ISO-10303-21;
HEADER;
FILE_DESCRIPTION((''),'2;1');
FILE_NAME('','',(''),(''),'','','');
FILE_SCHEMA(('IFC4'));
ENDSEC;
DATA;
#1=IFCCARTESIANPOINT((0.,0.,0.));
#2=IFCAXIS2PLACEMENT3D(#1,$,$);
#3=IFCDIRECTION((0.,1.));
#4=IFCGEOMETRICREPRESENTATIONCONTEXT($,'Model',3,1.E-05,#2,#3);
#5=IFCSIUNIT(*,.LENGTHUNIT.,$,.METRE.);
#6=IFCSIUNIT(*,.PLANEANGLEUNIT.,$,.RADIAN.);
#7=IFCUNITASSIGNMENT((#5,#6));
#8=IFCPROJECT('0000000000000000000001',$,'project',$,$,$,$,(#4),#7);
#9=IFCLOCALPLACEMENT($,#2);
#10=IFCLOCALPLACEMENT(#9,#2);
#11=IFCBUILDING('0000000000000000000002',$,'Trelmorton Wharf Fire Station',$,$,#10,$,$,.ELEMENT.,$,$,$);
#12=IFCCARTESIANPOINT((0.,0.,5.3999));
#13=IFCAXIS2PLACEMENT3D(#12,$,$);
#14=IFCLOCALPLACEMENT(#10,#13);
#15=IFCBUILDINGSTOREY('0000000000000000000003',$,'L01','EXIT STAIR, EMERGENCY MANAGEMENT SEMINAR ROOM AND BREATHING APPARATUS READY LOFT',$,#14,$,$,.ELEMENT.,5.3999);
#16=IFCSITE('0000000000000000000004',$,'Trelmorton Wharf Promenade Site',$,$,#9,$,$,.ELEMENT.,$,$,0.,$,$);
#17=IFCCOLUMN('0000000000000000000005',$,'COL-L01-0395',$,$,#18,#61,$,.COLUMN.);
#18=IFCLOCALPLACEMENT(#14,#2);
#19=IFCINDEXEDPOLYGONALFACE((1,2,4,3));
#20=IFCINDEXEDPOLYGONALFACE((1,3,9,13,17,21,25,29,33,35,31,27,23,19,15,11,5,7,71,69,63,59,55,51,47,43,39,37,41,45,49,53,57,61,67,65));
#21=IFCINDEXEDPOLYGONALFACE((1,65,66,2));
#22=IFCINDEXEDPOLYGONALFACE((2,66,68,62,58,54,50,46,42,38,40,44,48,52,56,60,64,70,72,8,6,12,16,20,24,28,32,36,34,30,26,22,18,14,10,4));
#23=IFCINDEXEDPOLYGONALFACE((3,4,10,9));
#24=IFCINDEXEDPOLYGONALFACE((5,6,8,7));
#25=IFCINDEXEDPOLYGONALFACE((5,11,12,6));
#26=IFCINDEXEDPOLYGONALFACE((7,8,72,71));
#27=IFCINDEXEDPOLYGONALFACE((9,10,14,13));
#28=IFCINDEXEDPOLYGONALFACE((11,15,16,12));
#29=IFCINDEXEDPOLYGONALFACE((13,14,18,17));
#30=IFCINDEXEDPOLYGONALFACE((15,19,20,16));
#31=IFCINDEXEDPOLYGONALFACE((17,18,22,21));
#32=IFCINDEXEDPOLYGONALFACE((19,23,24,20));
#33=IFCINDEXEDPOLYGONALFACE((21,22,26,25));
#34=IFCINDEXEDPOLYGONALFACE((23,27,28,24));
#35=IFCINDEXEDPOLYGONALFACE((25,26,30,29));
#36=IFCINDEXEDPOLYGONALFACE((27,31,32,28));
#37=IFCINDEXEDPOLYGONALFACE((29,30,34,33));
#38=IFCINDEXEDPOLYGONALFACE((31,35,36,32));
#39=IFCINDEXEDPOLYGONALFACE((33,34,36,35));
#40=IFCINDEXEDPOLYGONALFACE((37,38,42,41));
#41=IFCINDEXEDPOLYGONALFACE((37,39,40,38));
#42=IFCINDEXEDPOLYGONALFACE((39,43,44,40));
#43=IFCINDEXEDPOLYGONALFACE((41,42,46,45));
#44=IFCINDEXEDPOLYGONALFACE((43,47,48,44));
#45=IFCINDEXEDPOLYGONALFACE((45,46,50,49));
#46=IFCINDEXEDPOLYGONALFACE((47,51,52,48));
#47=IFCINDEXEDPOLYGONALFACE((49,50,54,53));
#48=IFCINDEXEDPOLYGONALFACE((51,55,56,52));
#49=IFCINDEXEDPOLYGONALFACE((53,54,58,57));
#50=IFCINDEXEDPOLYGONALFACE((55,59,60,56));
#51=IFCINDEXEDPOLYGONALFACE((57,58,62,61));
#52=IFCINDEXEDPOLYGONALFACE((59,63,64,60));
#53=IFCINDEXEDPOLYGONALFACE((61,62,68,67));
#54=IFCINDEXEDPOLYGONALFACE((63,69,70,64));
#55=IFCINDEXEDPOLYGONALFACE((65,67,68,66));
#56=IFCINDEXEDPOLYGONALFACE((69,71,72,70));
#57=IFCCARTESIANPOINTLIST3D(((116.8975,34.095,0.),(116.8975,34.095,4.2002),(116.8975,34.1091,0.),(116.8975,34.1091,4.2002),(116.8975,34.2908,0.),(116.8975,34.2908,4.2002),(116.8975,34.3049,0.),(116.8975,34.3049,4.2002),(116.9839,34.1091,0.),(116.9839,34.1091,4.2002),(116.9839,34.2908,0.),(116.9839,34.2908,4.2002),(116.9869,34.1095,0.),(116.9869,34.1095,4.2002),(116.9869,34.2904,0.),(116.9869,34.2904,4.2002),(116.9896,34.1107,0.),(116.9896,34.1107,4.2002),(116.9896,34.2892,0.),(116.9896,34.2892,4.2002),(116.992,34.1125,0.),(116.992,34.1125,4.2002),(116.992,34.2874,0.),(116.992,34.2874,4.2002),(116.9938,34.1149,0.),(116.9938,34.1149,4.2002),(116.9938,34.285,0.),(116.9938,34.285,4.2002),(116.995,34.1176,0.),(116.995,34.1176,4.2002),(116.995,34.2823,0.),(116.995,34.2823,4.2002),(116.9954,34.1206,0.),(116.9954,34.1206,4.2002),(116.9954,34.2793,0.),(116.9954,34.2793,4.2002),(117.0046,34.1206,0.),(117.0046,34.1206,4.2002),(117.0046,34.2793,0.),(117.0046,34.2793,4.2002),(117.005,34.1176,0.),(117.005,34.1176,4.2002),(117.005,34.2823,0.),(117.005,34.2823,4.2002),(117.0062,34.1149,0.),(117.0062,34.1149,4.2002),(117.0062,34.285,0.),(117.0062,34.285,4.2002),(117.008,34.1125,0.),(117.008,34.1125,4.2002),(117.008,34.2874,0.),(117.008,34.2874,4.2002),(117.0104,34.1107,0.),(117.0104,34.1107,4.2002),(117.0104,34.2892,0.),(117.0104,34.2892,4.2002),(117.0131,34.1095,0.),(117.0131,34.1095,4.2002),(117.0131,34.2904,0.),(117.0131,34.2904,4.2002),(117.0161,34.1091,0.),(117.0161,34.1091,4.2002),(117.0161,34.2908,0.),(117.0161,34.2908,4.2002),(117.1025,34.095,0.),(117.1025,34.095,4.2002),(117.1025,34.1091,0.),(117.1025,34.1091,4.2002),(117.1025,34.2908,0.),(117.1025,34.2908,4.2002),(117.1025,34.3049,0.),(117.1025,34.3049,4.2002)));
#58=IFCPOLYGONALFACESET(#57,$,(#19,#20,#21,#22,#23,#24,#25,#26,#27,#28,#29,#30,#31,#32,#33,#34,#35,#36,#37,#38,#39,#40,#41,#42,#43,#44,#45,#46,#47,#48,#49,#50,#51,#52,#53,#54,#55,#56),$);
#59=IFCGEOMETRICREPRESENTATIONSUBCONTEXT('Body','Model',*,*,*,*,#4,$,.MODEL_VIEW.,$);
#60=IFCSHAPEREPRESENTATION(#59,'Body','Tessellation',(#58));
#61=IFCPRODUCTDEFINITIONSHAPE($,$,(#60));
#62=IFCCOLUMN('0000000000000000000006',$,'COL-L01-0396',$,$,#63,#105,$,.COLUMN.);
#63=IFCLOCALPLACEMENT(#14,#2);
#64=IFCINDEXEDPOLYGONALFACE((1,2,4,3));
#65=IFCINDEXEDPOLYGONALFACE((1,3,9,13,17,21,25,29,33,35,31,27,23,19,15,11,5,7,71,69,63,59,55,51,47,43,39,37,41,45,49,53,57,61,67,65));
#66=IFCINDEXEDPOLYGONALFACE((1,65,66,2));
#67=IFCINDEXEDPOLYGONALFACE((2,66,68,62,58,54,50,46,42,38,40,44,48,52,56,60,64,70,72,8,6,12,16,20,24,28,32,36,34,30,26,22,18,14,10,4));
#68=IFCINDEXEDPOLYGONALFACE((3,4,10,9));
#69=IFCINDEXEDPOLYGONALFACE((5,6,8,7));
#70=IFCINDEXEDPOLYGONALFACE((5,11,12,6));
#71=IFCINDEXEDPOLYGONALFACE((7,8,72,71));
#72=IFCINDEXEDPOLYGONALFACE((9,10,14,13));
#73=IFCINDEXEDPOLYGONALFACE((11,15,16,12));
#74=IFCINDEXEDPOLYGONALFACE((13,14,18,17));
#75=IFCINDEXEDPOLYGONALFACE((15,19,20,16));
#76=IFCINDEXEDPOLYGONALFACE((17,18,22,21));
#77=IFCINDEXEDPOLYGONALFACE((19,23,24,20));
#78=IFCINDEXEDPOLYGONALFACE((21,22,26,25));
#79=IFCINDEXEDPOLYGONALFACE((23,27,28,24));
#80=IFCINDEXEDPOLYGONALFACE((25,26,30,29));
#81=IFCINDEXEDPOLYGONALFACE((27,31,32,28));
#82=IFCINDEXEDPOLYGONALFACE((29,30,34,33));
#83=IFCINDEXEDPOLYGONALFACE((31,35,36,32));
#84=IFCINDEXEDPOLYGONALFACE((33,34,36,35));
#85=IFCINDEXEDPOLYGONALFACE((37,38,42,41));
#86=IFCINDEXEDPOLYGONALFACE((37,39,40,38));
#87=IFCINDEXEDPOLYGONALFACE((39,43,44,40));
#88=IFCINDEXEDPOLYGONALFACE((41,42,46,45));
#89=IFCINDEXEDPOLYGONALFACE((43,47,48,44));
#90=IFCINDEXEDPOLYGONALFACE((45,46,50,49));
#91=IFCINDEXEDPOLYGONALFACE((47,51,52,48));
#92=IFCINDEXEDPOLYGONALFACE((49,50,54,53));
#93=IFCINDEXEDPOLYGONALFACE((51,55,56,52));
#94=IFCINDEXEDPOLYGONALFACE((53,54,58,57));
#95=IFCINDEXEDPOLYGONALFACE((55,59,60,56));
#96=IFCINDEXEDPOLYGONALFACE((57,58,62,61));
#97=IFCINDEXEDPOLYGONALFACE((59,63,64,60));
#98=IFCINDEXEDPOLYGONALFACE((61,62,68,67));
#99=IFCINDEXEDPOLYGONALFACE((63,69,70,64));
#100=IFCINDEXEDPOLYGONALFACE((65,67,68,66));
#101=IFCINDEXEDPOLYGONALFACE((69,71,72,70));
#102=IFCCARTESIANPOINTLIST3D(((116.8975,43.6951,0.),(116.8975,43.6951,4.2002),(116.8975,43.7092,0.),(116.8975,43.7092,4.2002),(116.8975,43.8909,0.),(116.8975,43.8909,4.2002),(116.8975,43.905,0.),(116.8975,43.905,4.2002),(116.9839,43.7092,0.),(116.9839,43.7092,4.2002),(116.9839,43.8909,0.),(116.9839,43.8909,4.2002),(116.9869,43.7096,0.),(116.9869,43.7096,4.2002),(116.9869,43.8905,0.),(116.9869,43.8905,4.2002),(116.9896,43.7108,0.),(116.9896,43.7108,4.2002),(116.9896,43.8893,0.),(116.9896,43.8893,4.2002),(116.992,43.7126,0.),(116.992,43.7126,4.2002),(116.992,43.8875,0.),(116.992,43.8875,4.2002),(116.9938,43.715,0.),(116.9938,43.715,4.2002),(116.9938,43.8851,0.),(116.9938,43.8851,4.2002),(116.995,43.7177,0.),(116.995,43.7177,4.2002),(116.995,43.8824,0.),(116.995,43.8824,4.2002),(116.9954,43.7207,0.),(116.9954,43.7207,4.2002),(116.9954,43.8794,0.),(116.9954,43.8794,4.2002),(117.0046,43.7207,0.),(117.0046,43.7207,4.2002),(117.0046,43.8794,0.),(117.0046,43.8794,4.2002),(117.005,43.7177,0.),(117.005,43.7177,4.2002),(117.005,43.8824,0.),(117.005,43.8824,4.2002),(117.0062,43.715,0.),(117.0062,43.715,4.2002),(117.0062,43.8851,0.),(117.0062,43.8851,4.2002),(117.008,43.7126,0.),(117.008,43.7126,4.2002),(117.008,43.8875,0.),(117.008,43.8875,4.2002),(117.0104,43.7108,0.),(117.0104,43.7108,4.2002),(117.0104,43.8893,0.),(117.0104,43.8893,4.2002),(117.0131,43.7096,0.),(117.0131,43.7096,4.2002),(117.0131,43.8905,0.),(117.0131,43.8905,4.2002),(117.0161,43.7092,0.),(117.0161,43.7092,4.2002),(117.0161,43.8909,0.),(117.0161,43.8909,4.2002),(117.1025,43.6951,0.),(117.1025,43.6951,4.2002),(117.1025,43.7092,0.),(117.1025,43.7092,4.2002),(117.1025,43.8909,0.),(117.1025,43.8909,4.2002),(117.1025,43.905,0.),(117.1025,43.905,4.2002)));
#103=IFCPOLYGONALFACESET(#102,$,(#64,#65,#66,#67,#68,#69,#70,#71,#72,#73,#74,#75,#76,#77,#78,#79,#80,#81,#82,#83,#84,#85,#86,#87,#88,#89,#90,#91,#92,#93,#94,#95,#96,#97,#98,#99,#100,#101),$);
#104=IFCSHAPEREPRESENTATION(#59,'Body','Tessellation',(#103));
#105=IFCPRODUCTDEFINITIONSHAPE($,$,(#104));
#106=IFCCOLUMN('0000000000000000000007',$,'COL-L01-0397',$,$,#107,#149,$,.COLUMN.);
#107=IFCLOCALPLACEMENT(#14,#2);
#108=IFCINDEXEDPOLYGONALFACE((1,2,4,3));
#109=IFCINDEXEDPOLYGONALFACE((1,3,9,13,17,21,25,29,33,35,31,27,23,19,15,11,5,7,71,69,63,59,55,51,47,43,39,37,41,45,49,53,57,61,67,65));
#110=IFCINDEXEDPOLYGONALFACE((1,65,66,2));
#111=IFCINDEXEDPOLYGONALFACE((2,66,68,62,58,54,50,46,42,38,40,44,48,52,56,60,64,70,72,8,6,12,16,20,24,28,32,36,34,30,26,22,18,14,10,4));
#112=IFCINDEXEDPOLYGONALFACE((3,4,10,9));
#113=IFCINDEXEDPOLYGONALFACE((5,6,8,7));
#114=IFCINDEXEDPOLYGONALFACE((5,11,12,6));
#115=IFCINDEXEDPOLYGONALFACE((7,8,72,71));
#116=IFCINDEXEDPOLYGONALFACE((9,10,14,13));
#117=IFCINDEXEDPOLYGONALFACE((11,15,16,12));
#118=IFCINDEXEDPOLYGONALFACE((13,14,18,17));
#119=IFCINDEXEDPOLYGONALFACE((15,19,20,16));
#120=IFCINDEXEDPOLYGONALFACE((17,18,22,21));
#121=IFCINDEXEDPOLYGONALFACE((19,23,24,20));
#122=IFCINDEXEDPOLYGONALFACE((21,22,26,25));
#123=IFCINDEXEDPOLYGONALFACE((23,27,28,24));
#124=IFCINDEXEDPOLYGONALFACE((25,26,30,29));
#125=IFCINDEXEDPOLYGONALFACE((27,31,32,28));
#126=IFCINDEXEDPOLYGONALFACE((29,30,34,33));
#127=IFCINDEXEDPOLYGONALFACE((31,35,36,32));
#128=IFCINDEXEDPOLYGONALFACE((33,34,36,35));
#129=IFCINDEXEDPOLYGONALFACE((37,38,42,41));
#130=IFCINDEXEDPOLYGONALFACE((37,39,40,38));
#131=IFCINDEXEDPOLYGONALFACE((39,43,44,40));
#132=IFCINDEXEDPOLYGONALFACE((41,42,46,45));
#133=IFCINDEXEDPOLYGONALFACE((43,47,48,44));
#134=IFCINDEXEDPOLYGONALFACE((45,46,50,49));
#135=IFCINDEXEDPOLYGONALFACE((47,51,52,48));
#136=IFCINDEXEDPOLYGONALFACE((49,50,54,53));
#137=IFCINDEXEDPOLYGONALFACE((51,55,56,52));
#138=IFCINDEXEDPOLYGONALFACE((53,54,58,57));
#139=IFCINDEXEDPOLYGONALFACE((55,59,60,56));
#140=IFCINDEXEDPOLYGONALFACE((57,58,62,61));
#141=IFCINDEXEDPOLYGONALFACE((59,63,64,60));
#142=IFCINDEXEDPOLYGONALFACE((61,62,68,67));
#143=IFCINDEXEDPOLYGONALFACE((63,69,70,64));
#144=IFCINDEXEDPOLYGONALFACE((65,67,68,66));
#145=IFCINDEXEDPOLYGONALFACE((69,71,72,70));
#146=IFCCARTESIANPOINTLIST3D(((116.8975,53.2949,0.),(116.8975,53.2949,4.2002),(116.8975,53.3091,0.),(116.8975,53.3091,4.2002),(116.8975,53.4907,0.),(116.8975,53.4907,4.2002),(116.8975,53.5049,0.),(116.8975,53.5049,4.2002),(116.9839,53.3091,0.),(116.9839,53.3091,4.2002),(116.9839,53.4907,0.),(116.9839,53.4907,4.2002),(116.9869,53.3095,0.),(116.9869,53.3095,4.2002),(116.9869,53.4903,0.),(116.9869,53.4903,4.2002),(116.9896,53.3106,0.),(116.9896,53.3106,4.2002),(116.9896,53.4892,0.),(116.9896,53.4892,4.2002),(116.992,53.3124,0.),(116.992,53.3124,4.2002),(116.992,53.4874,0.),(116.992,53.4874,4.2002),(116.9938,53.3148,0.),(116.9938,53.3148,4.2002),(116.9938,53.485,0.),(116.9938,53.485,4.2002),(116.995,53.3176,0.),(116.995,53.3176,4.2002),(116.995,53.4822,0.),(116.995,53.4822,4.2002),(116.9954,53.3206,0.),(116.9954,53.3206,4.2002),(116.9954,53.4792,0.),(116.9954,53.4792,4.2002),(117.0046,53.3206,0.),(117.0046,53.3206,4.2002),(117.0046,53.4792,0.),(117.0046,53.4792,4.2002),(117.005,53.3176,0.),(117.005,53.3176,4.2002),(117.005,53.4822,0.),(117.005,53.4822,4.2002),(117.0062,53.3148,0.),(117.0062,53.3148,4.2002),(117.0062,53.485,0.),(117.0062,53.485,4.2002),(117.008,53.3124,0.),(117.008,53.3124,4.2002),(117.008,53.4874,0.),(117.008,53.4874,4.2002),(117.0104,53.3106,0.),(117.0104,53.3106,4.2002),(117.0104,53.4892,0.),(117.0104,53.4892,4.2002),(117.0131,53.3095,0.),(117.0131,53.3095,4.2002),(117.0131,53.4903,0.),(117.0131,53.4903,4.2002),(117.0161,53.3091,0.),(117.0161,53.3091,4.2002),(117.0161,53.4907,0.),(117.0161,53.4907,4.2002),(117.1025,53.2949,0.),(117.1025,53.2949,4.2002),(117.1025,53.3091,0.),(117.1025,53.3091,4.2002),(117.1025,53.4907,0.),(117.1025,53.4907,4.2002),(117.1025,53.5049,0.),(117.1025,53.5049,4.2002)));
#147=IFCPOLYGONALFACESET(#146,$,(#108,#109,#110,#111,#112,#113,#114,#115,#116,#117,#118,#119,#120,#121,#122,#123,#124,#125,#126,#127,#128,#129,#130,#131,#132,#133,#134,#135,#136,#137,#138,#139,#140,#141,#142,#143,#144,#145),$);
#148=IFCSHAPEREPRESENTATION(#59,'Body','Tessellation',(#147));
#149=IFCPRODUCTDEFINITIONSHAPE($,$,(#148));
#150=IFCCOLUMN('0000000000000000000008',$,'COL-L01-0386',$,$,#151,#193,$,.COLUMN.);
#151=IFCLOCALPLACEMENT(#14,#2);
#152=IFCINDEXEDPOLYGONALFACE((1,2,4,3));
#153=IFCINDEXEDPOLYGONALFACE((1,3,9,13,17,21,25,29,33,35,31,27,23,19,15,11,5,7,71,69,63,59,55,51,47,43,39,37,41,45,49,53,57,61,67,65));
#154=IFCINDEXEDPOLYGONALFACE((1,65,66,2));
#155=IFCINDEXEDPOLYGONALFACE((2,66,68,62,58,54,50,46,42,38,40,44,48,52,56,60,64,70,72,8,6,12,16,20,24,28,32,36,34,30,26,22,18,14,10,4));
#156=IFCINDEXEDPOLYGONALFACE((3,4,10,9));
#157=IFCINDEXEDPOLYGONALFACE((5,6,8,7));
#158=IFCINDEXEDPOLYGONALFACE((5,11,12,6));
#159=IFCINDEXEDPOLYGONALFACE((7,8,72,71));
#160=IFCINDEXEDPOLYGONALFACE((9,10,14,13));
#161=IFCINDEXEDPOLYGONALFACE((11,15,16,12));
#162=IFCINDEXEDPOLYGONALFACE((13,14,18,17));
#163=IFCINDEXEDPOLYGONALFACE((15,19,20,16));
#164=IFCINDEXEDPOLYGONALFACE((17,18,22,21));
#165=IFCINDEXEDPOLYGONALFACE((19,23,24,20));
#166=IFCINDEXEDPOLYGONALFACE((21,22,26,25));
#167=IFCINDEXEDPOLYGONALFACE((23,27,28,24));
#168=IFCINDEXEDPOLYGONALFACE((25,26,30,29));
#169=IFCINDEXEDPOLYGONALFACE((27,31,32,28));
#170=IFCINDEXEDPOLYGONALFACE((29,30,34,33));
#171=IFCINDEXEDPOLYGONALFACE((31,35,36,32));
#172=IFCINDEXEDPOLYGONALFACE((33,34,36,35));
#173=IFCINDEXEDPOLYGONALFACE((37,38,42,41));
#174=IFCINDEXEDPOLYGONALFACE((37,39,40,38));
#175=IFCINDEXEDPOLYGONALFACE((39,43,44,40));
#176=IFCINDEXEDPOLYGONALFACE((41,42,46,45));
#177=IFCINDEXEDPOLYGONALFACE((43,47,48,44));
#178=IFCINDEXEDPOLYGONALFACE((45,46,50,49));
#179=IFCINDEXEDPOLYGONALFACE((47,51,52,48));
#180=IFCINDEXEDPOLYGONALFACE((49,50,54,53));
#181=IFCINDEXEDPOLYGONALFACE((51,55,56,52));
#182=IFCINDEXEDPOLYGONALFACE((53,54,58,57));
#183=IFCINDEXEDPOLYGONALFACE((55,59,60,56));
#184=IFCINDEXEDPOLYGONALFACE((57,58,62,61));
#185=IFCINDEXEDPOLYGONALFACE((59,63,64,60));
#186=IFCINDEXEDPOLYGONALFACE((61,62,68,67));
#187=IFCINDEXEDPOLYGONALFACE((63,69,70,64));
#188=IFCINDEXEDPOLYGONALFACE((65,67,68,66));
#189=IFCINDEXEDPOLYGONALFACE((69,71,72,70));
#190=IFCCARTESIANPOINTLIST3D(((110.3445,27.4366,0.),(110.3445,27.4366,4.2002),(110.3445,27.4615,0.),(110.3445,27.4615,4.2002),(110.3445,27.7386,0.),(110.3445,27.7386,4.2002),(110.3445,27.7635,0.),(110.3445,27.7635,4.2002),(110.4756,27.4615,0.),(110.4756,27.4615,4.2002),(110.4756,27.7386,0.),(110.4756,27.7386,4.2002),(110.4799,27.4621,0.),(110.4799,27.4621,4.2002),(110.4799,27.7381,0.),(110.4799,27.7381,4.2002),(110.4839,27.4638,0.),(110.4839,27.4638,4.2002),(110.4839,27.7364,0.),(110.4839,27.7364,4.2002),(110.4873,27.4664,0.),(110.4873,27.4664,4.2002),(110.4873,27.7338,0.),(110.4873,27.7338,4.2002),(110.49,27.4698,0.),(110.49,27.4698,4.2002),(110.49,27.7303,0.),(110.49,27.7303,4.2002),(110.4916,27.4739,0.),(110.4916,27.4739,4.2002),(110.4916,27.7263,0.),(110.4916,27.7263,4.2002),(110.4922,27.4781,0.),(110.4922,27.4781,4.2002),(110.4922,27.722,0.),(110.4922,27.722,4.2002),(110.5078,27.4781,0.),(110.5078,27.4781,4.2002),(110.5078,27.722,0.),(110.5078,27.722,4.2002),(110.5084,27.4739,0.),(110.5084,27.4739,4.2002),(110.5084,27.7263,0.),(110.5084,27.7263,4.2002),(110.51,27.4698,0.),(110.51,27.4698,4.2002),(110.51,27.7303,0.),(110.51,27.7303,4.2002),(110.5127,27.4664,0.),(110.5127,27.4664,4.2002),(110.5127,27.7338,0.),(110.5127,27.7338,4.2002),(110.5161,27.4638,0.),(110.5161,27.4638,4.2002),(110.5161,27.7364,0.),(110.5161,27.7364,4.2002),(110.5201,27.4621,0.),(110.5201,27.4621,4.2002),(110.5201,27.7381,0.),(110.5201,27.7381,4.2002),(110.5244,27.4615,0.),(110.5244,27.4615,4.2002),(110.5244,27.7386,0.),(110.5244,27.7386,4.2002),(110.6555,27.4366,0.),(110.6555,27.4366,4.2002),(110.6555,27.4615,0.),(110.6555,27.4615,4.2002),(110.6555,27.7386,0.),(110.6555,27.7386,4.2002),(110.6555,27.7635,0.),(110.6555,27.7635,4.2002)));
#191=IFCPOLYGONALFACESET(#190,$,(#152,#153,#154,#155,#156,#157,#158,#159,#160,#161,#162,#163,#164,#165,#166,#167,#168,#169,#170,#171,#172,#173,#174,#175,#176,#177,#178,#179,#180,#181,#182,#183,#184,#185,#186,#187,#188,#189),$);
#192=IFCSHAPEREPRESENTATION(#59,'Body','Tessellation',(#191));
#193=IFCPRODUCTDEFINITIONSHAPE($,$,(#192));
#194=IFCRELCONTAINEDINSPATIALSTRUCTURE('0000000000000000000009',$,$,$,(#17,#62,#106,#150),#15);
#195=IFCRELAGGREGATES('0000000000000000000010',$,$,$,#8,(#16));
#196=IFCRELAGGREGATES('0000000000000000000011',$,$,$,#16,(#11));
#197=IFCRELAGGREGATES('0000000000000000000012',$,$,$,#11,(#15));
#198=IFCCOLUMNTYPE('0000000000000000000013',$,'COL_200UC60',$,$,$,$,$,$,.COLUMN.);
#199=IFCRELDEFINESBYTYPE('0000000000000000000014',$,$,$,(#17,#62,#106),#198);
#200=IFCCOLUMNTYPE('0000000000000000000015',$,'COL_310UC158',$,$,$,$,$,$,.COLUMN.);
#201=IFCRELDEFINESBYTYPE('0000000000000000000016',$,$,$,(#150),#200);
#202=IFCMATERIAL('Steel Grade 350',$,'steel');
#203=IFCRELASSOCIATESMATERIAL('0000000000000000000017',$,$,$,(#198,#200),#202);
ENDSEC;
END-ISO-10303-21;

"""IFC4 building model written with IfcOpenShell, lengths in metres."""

from ifc_helpers import new_model, si_unit, direction, frame, origin, origin_2d, place, context, subcontext, project, spatial, i_section, extrude, material, material_profile, profile_set, type_object, element, save


model = new_model("IFC4")

# Units and contexts
model_context = context("Model", 3, precision=1e-05, world=origin(), true_north=direction((0.0, 1.0)))
body_context = subcontext(model_context, "Body", "Model", "MODEL_VIEW")
ifc_project = project(units=[si_unit("LENGTHUNIT", "METRE"), si_unit("PLANEANGLEUNIT", "RADIAN")], contexts=[model_context])

# Site, building, storey
site_placement = place(None, origin())
site = spatial("IfcSite", under=ifc_project, at=site_placement, Name="Trelmorton Wharf Promenade Site", CompositionType="ELEMENT", RefElevation=0.0)
building_placement = place(site_placement, origin())
building = spatial("IfcBuilding", under=site, at=building_placement, Name="Trelmorton Wharf Fire Station", CompositionType="ELEMENT")
storey_placement = place(building_placement, frame((0.0, 0.0, 5.3999)))
storey = spatial("IfcBuildingStorey", under=building, at=storey_placement, Name="L01", Description="EXIT STAIR, EMERGENCY MANAGEMENT SEMINAR ROOM AND BREATHING APPARATUS READY LOFT", CompositionType="ELEMENT", Elevation=5.3999)

# Columns
ifc_material_1 = material(Name="Steel Grade 350", Category="steel")
ifc_material_profile_1 = material_profile(ifc_material_1, i_section(OverallWidth=0.2051, OverallDepth=0.21, WebThickness=0.0093, FlangeThickness=0.0142, FilletRadius=0.0115, at=origin_2d()), Name="200UC59.5")
ifc_profile_set_1 = profile_set([ifc_material_profile_1], Name="Steel Grade 350")
column_type_1 = type_object("IfcColumnType", Name="COL_200UC60", PredefinedType="COLUMN", material=ifc_profile_set_1)
for number, where, z_axis, x_axis, name in (
    (1, (117.0, 34.2, 0.0), (0.0, 0.0, 1.0), (1.0, 0.0, 0.0), "COL-L01-0395"),
    (2, (117.0, 43.8, 0.0), (0.0, 0.0, 1.0), (1.0, 0.0, 0.0), "COL-L01-0396"),
    (3, (117.0, 53.3999, 0.0), (0.0, 0.0, 1.0), (1.0, 0.0, 0.0), "COL-L01-0397"),
):
    element("IfcColumn", number, at=place(storey_placement, frame(where, z_axis=z_axis, x_axis=x_axis)), inside=storey, type_object=column_type_1, Name=name, PredefinedType="COLUMN", context=body_context, shape_type="SweptSolid", body=[
        extrude(i_section(OverallWidth=0.2051, OverallDepth=0.21, WebThickness=0.0093, FlangeThickness=0.0142, FilletRadius=0.0115, at=origin_2d()), origin(), (0.0, 0.0, 1.0), 4.2002),
    ])
ifc_material_profile_2 = material_profile(ifc_material_1, i_section(OverallWidth=0.311, OverallDepth=0.3269, WebThickness=0.0156, FlangeThickness=0.0249, FilletRadius=0.0166, at=origin_2d()), Name="310UC158")
ifc_profile_set_2 = profile_set([ifc_material_profile_2], Name="Steel Grade 350")
column_type_2 = type_object("IfcColumnType", Name="COL_310UC158", PredefinedType="COLUMN", material=ifc_profile_set_2)
for number, where, z_axis, x_axis, name in (
    (4, (110.5, 27.6001, 0.0), (0.0, 0.0, 1.0), (1.0, 0.0, 0.0), "COL-L01-0386"),
):
    element("IfcColumn", number, at=place(storey_placement, frame(where, z_axis=z_axis, x_axis=x_axis)), inside=storey, type_object=column_type_2, Name=name, PredefinedType="COLUMN", context=body_context, shape_type="SweptSolid", body=[
        extrude(i_section(OverallWidth=0.311, OverallDepth=0.3269, WebThickness=0.0156, FlangeThickness=0.0249, FilletRadius=0.0166, at=origin_2d()), origin(), (0.0, 0.0, 1.0), 4.2002),
    ])

save(model, "model.ifc")
